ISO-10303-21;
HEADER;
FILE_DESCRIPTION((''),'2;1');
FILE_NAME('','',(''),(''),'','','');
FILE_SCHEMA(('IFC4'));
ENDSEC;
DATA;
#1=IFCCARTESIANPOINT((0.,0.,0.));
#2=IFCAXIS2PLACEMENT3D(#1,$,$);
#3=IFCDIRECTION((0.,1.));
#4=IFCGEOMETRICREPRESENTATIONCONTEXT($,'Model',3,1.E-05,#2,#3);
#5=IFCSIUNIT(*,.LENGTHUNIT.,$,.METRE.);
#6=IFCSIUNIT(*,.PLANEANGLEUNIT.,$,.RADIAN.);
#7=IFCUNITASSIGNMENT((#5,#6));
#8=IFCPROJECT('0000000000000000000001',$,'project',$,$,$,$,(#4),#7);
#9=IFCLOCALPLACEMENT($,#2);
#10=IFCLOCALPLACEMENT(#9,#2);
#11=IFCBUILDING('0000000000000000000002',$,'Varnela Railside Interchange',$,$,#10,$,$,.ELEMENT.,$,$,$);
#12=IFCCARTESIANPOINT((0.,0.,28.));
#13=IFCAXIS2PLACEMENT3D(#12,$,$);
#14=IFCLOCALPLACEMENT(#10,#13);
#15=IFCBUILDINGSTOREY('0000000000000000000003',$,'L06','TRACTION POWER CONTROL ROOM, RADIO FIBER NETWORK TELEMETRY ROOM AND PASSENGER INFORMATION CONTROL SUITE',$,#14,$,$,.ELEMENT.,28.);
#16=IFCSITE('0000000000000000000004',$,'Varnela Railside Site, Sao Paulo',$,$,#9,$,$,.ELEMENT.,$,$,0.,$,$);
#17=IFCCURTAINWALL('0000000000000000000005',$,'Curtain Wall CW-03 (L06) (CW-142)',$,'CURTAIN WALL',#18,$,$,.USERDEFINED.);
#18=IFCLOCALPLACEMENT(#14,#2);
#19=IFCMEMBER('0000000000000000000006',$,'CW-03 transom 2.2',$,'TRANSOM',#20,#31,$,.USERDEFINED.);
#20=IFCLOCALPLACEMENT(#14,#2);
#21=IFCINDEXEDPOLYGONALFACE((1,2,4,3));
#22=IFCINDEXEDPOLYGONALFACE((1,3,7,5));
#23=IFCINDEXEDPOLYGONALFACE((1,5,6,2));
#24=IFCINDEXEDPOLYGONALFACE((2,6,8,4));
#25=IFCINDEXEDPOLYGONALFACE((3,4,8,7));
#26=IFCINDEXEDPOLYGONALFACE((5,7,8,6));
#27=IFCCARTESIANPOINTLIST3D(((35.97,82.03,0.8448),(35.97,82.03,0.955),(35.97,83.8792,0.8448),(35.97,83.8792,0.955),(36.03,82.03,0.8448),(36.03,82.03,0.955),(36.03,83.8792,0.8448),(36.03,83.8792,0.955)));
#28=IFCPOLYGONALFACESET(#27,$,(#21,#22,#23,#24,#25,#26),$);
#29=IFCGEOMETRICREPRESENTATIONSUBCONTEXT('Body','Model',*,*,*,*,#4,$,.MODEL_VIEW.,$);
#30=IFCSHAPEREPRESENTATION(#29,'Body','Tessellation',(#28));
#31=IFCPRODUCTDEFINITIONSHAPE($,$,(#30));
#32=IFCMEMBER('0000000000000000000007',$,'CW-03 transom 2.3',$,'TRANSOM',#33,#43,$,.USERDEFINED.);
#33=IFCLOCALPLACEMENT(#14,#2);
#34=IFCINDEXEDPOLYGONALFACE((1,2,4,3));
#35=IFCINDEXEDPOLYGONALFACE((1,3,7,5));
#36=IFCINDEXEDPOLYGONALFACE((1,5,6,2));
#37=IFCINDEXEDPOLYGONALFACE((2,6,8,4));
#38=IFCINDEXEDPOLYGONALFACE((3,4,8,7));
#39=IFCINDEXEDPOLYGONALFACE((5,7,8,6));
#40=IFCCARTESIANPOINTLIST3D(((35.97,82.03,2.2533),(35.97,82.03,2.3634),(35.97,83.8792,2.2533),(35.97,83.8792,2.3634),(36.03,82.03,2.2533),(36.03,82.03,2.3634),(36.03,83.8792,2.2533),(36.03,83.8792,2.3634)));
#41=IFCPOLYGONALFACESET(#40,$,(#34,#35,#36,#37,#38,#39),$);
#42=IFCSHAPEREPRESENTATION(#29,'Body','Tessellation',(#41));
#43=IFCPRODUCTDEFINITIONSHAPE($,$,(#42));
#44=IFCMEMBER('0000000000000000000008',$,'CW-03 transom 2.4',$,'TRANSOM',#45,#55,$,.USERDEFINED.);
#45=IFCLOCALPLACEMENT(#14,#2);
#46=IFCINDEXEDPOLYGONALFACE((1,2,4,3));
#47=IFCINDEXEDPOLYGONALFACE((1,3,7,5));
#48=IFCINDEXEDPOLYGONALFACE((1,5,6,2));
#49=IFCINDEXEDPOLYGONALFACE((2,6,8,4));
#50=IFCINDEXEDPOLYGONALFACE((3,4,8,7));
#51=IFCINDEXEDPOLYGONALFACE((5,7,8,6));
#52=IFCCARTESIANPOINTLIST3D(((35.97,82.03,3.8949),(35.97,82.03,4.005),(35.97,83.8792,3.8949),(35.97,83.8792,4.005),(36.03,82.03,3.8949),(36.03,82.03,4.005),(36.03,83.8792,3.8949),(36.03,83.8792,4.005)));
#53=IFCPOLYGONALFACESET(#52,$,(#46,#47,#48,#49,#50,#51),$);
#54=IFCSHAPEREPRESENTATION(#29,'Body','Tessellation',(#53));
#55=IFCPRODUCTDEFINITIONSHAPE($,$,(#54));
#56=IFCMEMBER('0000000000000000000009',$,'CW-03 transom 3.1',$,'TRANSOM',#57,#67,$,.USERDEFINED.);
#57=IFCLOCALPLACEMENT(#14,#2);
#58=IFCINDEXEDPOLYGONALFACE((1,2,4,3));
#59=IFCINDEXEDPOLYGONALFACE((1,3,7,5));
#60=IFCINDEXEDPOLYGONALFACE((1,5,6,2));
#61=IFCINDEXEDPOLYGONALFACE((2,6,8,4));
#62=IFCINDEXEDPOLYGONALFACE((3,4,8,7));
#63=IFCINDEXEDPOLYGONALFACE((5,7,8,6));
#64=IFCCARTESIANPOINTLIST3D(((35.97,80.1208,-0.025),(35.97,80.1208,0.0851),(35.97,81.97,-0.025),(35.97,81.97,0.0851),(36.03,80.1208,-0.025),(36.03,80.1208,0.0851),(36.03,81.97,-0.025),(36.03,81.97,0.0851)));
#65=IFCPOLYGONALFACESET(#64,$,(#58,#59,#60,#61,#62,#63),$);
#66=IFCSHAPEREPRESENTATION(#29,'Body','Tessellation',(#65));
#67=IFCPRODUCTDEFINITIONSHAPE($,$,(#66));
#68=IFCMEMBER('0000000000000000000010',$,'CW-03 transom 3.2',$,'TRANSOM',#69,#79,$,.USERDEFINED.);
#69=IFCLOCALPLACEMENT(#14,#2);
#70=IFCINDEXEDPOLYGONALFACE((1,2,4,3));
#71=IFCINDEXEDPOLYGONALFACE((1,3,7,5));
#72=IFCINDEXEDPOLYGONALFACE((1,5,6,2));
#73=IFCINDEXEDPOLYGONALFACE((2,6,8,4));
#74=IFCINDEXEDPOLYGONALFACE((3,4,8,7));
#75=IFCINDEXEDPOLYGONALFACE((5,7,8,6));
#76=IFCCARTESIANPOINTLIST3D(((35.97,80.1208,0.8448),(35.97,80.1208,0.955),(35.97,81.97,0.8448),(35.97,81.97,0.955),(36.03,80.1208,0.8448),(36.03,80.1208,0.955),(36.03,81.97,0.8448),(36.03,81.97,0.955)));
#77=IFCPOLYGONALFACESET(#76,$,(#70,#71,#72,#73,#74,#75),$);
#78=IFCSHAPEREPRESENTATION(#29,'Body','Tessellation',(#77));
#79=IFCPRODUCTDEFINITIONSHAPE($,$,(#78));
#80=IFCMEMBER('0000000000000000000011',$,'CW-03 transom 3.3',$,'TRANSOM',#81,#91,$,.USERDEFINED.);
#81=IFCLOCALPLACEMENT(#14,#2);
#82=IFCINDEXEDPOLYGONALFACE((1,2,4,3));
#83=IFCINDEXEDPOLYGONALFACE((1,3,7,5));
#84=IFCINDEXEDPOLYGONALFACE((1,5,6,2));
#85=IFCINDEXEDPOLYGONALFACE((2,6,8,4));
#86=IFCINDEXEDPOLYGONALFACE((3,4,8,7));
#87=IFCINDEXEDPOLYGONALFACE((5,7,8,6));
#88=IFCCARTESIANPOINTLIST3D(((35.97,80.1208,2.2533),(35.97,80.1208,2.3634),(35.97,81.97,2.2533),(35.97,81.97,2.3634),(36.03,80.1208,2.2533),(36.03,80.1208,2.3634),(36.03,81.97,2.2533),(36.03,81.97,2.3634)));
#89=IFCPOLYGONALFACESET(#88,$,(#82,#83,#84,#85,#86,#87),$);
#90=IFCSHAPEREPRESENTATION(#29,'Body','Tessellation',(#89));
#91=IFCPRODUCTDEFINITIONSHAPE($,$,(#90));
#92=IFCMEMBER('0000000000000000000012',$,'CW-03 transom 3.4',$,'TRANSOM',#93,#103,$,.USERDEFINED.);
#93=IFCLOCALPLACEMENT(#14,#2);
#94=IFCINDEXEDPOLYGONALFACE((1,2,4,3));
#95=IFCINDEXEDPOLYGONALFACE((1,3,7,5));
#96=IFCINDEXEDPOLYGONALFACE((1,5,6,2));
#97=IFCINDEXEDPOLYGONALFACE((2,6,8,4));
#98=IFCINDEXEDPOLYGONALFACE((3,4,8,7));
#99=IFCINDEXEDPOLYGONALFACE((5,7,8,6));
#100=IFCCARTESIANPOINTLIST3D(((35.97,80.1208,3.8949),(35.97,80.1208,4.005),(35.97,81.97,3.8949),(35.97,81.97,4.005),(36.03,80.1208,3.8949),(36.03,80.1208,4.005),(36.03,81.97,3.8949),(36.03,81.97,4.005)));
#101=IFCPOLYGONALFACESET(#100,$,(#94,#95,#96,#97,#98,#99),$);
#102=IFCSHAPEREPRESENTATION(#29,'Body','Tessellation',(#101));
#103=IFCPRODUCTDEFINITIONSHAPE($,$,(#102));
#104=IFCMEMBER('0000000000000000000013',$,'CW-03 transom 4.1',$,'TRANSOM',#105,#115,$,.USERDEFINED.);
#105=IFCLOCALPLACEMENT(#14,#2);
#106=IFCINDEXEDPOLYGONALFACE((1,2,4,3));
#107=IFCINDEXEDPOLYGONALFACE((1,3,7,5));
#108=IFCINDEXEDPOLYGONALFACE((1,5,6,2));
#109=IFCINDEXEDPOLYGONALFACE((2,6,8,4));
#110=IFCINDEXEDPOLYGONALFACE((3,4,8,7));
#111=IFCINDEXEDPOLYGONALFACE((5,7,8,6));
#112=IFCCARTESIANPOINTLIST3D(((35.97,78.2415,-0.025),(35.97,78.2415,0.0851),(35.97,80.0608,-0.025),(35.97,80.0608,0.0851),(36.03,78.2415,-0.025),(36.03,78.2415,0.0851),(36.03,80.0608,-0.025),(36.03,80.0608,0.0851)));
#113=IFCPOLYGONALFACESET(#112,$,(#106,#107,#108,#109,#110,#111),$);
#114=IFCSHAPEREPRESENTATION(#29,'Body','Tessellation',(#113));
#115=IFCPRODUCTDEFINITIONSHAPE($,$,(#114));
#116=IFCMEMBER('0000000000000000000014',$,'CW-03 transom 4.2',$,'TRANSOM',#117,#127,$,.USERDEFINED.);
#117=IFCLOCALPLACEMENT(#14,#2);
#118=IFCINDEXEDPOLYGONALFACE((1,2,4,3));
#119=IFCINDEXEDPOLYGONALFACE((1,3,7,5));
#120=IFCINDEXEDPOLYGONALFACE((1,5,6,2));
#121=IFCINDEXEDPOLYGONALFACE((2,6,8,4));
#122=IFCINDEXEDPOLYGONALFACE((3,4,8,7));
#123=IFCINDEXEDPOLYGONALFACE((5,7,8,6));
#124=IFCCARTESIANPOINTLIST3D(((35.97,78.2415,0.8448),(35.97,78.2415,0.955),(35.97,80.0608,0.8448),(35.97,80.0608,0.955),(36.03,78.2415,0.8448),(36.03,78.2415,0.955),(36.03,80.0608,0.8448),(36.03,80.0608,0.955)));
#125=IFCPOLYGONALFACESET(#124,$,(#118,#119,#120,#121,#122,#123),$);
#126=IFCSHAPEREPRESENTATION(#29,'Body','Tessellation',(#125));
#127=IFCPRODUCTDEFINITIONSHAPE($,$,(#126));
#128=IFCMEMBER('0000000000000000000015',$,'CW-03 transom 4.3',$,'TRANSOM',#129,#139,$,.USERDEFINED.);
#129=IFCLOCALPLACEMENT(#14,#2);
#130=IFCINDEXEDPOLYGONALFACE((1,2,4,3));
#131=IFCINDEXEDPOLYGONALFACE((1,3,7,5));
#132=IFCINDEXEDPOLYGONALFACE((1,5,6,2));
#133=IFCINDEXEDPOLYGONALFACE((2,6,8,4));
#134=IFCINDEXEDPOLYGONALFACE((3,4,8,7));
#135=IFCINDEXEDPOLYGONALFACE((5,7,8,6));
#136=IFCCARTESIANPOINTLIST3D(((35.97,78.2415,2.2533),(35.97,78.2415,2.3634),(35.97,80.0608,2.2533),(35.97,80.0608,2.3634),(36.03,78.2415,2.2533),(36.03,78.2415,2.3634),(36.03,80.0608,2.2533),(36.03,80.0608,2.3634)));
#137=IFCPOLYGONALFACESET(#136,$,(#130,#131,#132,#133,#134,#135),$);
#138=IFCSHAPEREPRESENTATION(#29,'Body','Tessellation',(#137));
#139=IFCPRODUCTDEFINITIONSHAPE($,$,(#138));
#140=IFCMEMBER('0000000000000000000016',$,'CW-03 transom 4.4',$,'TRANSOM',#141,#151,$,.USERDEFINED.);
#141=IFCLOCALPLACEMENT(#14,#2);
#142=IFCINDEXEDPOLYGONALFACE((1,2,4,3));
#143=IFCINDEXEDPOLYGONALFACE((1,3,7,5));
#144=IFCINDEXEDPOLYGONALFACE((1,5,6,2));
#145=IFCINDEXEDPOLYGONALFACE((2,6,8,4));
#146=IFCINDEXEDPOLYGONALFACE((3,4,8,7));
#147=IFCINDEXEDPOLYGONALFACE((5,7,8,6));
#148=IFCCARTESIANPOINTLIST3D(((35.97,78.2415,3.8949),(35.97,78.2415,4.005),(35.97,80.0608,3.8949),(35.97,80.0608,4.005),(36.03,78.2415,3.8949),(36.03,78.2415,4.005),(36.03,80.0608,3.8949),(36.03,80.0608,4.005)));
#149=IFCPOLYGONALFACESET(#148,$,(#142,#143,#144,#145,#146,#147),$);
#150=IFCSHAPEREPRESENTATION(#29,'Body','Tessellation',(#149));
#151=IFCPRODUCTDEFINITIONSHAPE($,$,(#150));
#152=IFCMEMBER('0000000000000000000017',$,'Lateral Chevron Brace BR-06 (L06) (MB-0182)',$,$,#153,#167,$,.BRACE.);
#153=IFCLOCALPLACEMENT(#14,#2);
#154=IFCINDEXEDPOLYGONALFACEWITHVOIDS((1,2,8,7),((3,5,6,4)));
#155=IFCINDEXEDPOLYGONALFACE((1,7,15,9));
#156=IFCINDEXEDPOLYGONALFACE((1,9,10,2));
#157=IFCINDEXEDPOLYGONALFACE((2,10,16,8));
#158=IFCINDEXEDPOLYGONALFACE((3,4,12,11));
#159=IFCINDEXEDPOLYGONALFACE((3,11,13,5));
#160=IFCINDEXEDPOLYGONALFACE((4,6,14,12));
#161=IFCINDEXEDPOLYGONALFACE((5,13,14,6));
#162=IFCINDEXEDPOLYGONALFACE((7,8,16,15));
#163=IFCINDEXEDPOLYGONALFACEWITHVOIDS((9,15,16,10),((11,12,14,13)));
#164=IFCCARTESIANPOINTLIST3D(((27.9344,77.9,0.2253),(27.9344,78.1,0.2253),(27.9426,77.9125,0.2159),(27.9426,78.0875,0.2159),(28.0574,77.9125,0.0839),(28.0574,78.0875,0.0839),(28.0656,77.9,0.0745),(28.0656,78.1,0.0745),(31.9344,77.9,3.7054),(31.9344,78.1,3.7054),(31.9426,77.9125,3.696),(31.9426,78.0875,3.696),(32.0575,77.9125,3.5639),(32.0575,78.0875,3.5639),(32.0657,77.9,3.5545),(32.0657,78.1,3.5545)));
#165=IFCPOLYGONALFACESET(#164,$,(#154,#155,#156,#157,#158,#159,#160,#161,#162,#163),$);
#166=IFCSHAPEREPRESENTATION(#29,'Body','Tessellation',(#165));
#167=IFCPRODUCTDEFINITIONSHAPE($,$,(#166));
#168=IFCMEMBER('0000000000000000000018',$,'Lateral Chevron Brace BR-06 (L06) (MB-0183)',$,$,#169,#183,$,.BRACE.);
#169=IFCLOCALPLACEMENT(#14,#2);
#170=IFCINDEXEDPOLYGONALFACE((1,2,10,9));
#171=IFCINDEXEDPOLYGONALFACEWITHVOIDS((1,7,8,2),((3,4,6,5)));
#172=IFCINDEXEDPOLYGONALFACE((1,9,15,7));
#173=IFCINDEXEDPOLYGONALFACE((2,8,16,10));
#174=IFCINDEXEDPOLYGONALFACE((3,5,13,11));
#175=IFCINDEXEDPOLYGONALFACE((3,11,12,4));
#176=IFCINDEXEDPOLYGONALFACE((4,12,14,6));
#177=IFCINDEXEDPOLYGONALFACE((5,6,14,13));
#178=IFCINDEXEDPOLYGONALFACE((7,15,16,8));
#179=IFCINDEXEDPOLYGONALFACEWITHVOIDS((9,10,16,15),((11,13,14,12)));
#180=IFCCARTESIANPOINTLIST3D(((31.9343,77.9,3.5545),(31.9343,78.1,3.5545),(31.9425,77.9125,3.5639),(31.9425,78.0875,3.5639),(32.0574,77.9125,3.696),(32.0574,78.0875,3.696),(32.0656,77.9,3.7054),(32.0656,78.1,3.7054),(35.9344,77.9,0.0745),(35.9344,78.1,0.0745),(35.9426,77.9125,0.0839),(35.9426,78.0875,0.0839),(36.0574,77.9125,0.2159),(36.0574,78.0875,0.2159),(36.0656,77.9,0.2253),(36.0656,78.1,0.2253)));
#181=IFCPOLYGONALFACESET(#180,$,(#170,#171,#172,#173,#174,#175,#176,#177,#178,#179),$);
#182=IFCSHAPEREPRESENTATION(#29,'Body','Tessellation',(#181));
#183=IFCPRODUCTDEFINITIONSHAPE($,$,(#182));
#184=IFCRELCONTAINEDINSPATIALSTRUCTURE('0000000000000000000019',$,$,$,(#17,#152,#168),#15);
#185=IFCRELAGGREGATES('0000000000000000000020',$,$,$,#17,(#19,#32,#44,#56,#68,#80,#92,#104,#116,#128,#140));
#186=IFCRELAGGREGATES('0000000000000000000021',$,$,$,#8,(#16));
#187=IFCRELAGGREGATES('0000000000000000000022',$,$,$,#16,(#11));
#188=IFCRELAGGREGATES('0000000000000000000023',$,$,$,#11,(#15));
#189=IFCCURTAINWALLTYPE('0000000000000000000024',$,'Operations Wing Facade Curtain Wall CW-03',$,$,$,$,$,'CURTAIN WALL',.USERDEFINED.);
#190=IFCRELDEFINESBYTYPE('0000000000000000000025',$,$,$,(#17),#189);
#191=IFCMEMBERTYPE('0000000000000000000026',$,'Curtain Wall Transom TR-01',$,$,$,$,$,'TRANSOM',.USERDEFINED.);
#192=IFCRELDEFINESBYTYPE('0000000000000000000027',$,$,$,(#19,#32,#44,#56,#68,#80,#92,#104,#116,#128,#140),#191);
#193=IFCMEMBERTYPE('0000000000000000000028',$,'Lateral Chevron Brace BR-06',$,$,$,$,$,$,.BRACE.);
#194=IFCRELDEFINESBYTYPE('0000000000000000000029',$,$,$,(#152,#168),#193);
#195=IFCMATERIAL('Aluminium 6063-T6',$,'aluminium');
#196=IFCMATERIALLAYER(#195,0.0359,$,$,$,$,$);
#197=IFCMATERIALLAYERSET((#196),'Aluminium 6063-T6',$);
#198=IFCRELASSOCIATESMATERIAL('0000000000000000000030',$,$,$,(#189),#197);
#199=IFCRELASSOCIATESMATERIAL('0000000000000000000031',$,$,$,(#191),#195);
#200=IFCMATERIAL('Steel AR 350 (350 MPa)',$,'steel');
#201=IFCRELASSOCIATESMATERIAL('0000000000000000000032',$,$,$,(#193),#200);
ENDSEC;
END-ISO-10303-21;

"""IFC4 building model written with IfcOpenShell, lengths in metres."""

from ifc_helpers import new_model, si_unit, direction, frame, origin, origin_2d, place, context, subcontext, project, spatial, rectangle, hollow_rectangle, extrude, material, layer, layer_set, material_profile, profile_set, type_object, element, aggregate, save


model = new_model("IFC4")

# Units and contexts
model_context = context("Model", 3, precision=1e-05, world=origin(), true_north=direction((0.0, 1.0)))
body_context = subcontext(model_context, "Body", "Model", "MODEL_VIEW")
ifc_project = project(units=[si_unit("LENGTHUNIT", "METRE"), si_unit("PLANEANGLEUNIT", "RADIAN")], contexts=[model_context])

# Site, building, storey
site_placement = place(None, origin())
site = spatial("IfcSite", under=ifc_project, at=site_placement, Name="Varnela Railside Site, Sao Paulo", CompositionType="ELEMENT", RefElevation=0.0)
building_placement = place(site_placement, origin())
building = spatial("IfcBuilding", under=site, at=building_placement, Name="Varnela Railside Interchange", CompositionType="ELEMENT")
storey_placement = place(building_placement, frame((0.0, 0.0, 28.0)))
storey = spatial("IfcBuildingStorey", under=building, at=storey_placement, Name="L06", Description="TRACTION POWER CONTROL ROOM, RADIO FIBER NETWORK TELEMETRY ROOM AND PASSENGER INFORMATION CONTROL SUITE", CompositionType="ELEMENT", Elevation=28.0)

# Shared definitions
ifc_material_1 = material(Name="Steel AR 350 (350 MPa)", Category="steel")

# Curtain wall, members
ifc_material_2 = material(Name="Aluminium 6063-T6", Category="aluminium")
ifc_layer_1 = layer(ifc_material_2, 0.0359)
ifc_layer_set_1 = layer_set([ifc_layer_1], Name="Aluminium 6063-T6")
curtain_wall_type = type_object("IfcCurtainWallType", Name="Operations Wing Facade Curtain Wall CW-03", ElementType="CURTAIN WALL", PredefinedType="USERDEFINED", material=ifc_layer_set_1)
curtain_wall_placement = place(storey_placement, origin())
curtain_wall = element("IfcCurtainWall", 1, at=curtain_wall_placement, inside=storey, type_object=curtain_wall_type, Name="Curtain Wall CW-03 (L06) (CW-142)", ObjectType="CURTAIN WALL", PredefinedType="USERDEFINED")
ifc_material_profile_1 = material_profile(ifc_material_2, rectangle(XDim=0.0601, YDim=0.1101, at=origin_2d()), Name="ALU 60x110")
ifc_profile_set_1 = profile_set([ifc_material_profile_1], Name="Aluminium 6063-T6")
member_type_1 = type_object("IfcMemberType", Name="Curtain Wall Transom TR-01", ElementType="TRANSOM", PredefinedType="USERDEFINED", material=ifc_profile_set_1)
member_1_placement = place(storey_placement, frame((36.0, 83.8792, 0.8999), z_axis=(0.0, -1.0, 0.0), x_axis=(1.0, 0.0, 0.0)))
member_1 = element("IfcMember", 2, at=member_1_placement, type_object=member_type_1, Name="CW-03 transom 2.2", ObjectType="TRANSOM", PredefinedType="USERDEFINED", context=body_context, shape_type="SweptSolid", body=[
    extrude(rectangle(XDim=0.0601, YDim=0.1101, at=origin_2d()), origin(), (0.0, 0.0, 1.0), 1.8491),
])
member_2_placement = place(storey_placement, frame((36.0, 83.8792, 2.3083), z_axis=(0.0, -1.0, 0.0), x_axis=(1.0, 0.0, 0.0)))
member_2 = element("IfcMember", 3, at=member_2_placement, type_object=member_type_1, Name="CW-03 transom 2.3", ObjectType="TRANSOM", PredefinedType="USERDEFINED", context=body_context, shape_type="SweptSolid", body=[
    extrude(rectangle(XDim=0.0601, YDim=0.1101, at=origin_2d()), origin(), (0.0, 0.0, 1.0), 1.8491),
])
member_3_placement = place(storey_placement, frame((36.0, 83.8792, 3.95), z_axis=(0.0, -1.0, 0.0), x_axis=(1.0, 0.0, 0.0)))
member_3 = element("IfcMember", 4, at=member_3_placement, type_object=member_type_1, Name="CW-03 transom 2.4", ObjectType="TRANSOM", PredefinedType="USERDEFINED", context=body_context, shape_type="SweptSolid", body=[
    extrude(rectangle(XDim=0.0601, YDim=0.1101, at=origin_2d()), origin(), (0.0, 0.0, 1.0), 1.8491),
])
member_4_placement = place(storey_placement, frame((36.0, 81.97, 0.03), z_axis=(0.0, -1.0, 0.0), x_axis=(1.0, 0.0, 0.0)))
member_4 = element("IfcMember", 5, at=member_4_placement, type_object=member_type_1, Name="CW-03 transom 3.1", ObjectType="TRANSOM", PredefinedType="USERDEFINED", context=body_context, shape_type="SweptSolid", body=[
    extrude(rectangle(XDim=0.0601, YDim=0.1101, at=origin_2d()), origin(), (0.0, 0.0, 1.0), 1.8491),
])
member_5_placement = place(storey_placement, frame((36.0, 81.97, 0.8999), z_axis=(0.0, -1.0, 0.0), x_axis=(1.0, 0.0, 0.0)))
member_5 = element("IfcMember", 6, at=member_5_placement, type_object=member_type_1, Name="CW-03 transom 3.2", ObjectType="TRANSOM", PredefinedType="USERDEFINED", context=body_context, shape_type="SweptSolid", body=[
    extrude(rectangle(XDim=0.0601, YDim=0.1101, at=origin_2d()), origin(), (0.0, 0.0, 1.0), 1.8491),
])
member_6_placement = place(storey_placement, frame((36.0, 81.97, 2.3083), z_axis=(0.0, -1.0, 0.0), x_axis=(1.0, 0.0, 0.0)))
member_6 = element("IfcMember", 7, at=member_6_placement, type_object=member_type_1, Name="CW-03 transom 3.3", ObjectType="TRANSOM", PredefinedType="USERDEFINED", context=body_context, shape_type="SweptSolid", body=[
    extrude(rectangle(XDim=0.0601, YDim=0.1101, at=origin_2d()), origin(), (0.0, 0.0, 1.0), 1.8491),
])
member_7_placement = place(storey_placement, frame((36.0, 81.97, 3.95), z_axis=(0.0, -1.0, 0.0), x_axis=(1.0, 0.0, 0.0)))
member_7 = element("IfcMember", 8, at=member_7_placement, type_object=member_type_1, Name="CW-03 transom 3.4", ObjectType="TRANSOM", PredefinedType="USERDEFINED", context=body_context, shape_type="SweptSolid", body=[
    extrude(rectangle(XDim=0.0601, YDim=0.1101, at=origin_2d()), origin(), (0.0, 0.0, 1.0), 1.8491),
])
member_8_placement = place(storey_placement, frame((36.0, 80.0608, 0.03), z_axis=(0.0, -1.0, 0.0), x_axis=(1.0, 0.0, 0.0)))
member_8 = element("IfcMember", 9, at=member_8_placement, type_object=member_type_1, Name="CW-03 transom 4.1", ObjectType="TRANSOM", PredefinedType="USERDEFINED", context=body_context, shape_type="SweptSolid", body=[
    extrude(rectangle(XDim=0.0601, YDim=0.1101, at=origin_2d()), origin(), (0.0, 0.0, 1.0), 1.8193),
])
member_9_placement = place(storey_placement, frame((36.0, 80.0608, 0.8999), z_axis=(0.0, -1.0, 0.0), x_axis=(1.0, 0.0, 0.0)))
member_9 = element("IfcMember", 10, at=member_9_placement, type_object=member_type_1, Name="CW-03 transom 4.2", ObjectType="TRANSOM", PredefinedType="USERDEFINED", context=body_context, shape_type="SweptSolid", body=[
    extrude(rectangle(XDim=0.0601, YDim=0.1101, at=origin_2d()), origin(), (0.0, 0.0, 1.0), 1.8193),
])
member_10_placement = place(storey_placement, frame((36.0, 80.0608, 2.3083), z_axis=(0.0, -1.0, 0.0), x_axis=(1.0, 0.0, 0.0)))
member_10 = element("IfcMember", 11, at=member_10_placement, type_object=member_type_1, Name="CW-03 transom 4.3", ObjectType="TRANSOM", PredefinedType="USERDEFINED", context=body_context, shape_type="SweptSolid", body=[
    extrude(rectangle(XDim=0.0601, YDim=0.1101, at=origin_2d()), origin(), (0.0, 0.0, 1.0), 1.8193),
])
member_11_placement = place(storey_placement, frame((36.0, 80.0608, 3.95), z_axis=(0.0, -1.0, 0.0), x_axis=(1.0, 0.0, 0.0)))
member_11 = element("IfcMember", 12, at=member_11_placement, type_object=member_type_1, Name="CW-03 transom 4.4", ObjectType="TRANSOM", PredefinedType="USERDEFINED", context=body_context, shape_type="SweptSolid", body=[
    extrude(rectangle(XDim=0.0601, YDim=0.1101, at=origin_2d()), origin(), (0.0, 0.0, 1.0), 1.8193),
])

# Members
ifc_material_profile_2 = material_profile(ifc_material_1, hollow_rectangle(XDim=0.2, YDim=0.2, WallThickness=0.0125, at=origin_2d()), Name="HSS 200x200x12.5")
ifc_profile_set_2 = profile_set([ifc_material_profile_2], Name="Steel AR 350 (350 MPa)")
member_type_2 = type_object("IfcMemberType", Name="Lateral Chevron Brace BR-06", PredefinedType="BRACE", material=ifc_profile_set_2)
for number, where, z_axis, x_axis, name in (
    (13, (28.0, 78.0, 0.1499), (0.754445, 0.0, 0.656363), (0.0, 1.0, 0.0), "Lateral Chevron Brace BR-06 (L06) (MB-0182)"),
    (14, (36.0, 78.0, 0.1499), (-0.754445, 0.0, 0.656363), (0.0, -1.0, 0.0), "Lateral Chevron Brace BR-06 (L06) (MB-0183)"),
):
    element("IfcMember", number, at=place(storey_placement, frame(where, z_axis=z_axis, x_axis=x_axis)), inside=storey, type_object=member_type_2, Name=name, PredefinedType="BRACE", context=body_context, shape_type="SweptSolid", body=[
        extrude(hollow_rectangle(XDim=0.2, YDim=0.2, WallThickness=0.0125, at=origin_2d()), origin(), (0.0, 0.0, 1.0), 5.302),
    ])

aggregate(curtain_wall, [member_1, member_2, member_3, member_4, member_5, member_6, member_7, member_8, member_9, member_10, member_11])

save(model, "model.ifc")
